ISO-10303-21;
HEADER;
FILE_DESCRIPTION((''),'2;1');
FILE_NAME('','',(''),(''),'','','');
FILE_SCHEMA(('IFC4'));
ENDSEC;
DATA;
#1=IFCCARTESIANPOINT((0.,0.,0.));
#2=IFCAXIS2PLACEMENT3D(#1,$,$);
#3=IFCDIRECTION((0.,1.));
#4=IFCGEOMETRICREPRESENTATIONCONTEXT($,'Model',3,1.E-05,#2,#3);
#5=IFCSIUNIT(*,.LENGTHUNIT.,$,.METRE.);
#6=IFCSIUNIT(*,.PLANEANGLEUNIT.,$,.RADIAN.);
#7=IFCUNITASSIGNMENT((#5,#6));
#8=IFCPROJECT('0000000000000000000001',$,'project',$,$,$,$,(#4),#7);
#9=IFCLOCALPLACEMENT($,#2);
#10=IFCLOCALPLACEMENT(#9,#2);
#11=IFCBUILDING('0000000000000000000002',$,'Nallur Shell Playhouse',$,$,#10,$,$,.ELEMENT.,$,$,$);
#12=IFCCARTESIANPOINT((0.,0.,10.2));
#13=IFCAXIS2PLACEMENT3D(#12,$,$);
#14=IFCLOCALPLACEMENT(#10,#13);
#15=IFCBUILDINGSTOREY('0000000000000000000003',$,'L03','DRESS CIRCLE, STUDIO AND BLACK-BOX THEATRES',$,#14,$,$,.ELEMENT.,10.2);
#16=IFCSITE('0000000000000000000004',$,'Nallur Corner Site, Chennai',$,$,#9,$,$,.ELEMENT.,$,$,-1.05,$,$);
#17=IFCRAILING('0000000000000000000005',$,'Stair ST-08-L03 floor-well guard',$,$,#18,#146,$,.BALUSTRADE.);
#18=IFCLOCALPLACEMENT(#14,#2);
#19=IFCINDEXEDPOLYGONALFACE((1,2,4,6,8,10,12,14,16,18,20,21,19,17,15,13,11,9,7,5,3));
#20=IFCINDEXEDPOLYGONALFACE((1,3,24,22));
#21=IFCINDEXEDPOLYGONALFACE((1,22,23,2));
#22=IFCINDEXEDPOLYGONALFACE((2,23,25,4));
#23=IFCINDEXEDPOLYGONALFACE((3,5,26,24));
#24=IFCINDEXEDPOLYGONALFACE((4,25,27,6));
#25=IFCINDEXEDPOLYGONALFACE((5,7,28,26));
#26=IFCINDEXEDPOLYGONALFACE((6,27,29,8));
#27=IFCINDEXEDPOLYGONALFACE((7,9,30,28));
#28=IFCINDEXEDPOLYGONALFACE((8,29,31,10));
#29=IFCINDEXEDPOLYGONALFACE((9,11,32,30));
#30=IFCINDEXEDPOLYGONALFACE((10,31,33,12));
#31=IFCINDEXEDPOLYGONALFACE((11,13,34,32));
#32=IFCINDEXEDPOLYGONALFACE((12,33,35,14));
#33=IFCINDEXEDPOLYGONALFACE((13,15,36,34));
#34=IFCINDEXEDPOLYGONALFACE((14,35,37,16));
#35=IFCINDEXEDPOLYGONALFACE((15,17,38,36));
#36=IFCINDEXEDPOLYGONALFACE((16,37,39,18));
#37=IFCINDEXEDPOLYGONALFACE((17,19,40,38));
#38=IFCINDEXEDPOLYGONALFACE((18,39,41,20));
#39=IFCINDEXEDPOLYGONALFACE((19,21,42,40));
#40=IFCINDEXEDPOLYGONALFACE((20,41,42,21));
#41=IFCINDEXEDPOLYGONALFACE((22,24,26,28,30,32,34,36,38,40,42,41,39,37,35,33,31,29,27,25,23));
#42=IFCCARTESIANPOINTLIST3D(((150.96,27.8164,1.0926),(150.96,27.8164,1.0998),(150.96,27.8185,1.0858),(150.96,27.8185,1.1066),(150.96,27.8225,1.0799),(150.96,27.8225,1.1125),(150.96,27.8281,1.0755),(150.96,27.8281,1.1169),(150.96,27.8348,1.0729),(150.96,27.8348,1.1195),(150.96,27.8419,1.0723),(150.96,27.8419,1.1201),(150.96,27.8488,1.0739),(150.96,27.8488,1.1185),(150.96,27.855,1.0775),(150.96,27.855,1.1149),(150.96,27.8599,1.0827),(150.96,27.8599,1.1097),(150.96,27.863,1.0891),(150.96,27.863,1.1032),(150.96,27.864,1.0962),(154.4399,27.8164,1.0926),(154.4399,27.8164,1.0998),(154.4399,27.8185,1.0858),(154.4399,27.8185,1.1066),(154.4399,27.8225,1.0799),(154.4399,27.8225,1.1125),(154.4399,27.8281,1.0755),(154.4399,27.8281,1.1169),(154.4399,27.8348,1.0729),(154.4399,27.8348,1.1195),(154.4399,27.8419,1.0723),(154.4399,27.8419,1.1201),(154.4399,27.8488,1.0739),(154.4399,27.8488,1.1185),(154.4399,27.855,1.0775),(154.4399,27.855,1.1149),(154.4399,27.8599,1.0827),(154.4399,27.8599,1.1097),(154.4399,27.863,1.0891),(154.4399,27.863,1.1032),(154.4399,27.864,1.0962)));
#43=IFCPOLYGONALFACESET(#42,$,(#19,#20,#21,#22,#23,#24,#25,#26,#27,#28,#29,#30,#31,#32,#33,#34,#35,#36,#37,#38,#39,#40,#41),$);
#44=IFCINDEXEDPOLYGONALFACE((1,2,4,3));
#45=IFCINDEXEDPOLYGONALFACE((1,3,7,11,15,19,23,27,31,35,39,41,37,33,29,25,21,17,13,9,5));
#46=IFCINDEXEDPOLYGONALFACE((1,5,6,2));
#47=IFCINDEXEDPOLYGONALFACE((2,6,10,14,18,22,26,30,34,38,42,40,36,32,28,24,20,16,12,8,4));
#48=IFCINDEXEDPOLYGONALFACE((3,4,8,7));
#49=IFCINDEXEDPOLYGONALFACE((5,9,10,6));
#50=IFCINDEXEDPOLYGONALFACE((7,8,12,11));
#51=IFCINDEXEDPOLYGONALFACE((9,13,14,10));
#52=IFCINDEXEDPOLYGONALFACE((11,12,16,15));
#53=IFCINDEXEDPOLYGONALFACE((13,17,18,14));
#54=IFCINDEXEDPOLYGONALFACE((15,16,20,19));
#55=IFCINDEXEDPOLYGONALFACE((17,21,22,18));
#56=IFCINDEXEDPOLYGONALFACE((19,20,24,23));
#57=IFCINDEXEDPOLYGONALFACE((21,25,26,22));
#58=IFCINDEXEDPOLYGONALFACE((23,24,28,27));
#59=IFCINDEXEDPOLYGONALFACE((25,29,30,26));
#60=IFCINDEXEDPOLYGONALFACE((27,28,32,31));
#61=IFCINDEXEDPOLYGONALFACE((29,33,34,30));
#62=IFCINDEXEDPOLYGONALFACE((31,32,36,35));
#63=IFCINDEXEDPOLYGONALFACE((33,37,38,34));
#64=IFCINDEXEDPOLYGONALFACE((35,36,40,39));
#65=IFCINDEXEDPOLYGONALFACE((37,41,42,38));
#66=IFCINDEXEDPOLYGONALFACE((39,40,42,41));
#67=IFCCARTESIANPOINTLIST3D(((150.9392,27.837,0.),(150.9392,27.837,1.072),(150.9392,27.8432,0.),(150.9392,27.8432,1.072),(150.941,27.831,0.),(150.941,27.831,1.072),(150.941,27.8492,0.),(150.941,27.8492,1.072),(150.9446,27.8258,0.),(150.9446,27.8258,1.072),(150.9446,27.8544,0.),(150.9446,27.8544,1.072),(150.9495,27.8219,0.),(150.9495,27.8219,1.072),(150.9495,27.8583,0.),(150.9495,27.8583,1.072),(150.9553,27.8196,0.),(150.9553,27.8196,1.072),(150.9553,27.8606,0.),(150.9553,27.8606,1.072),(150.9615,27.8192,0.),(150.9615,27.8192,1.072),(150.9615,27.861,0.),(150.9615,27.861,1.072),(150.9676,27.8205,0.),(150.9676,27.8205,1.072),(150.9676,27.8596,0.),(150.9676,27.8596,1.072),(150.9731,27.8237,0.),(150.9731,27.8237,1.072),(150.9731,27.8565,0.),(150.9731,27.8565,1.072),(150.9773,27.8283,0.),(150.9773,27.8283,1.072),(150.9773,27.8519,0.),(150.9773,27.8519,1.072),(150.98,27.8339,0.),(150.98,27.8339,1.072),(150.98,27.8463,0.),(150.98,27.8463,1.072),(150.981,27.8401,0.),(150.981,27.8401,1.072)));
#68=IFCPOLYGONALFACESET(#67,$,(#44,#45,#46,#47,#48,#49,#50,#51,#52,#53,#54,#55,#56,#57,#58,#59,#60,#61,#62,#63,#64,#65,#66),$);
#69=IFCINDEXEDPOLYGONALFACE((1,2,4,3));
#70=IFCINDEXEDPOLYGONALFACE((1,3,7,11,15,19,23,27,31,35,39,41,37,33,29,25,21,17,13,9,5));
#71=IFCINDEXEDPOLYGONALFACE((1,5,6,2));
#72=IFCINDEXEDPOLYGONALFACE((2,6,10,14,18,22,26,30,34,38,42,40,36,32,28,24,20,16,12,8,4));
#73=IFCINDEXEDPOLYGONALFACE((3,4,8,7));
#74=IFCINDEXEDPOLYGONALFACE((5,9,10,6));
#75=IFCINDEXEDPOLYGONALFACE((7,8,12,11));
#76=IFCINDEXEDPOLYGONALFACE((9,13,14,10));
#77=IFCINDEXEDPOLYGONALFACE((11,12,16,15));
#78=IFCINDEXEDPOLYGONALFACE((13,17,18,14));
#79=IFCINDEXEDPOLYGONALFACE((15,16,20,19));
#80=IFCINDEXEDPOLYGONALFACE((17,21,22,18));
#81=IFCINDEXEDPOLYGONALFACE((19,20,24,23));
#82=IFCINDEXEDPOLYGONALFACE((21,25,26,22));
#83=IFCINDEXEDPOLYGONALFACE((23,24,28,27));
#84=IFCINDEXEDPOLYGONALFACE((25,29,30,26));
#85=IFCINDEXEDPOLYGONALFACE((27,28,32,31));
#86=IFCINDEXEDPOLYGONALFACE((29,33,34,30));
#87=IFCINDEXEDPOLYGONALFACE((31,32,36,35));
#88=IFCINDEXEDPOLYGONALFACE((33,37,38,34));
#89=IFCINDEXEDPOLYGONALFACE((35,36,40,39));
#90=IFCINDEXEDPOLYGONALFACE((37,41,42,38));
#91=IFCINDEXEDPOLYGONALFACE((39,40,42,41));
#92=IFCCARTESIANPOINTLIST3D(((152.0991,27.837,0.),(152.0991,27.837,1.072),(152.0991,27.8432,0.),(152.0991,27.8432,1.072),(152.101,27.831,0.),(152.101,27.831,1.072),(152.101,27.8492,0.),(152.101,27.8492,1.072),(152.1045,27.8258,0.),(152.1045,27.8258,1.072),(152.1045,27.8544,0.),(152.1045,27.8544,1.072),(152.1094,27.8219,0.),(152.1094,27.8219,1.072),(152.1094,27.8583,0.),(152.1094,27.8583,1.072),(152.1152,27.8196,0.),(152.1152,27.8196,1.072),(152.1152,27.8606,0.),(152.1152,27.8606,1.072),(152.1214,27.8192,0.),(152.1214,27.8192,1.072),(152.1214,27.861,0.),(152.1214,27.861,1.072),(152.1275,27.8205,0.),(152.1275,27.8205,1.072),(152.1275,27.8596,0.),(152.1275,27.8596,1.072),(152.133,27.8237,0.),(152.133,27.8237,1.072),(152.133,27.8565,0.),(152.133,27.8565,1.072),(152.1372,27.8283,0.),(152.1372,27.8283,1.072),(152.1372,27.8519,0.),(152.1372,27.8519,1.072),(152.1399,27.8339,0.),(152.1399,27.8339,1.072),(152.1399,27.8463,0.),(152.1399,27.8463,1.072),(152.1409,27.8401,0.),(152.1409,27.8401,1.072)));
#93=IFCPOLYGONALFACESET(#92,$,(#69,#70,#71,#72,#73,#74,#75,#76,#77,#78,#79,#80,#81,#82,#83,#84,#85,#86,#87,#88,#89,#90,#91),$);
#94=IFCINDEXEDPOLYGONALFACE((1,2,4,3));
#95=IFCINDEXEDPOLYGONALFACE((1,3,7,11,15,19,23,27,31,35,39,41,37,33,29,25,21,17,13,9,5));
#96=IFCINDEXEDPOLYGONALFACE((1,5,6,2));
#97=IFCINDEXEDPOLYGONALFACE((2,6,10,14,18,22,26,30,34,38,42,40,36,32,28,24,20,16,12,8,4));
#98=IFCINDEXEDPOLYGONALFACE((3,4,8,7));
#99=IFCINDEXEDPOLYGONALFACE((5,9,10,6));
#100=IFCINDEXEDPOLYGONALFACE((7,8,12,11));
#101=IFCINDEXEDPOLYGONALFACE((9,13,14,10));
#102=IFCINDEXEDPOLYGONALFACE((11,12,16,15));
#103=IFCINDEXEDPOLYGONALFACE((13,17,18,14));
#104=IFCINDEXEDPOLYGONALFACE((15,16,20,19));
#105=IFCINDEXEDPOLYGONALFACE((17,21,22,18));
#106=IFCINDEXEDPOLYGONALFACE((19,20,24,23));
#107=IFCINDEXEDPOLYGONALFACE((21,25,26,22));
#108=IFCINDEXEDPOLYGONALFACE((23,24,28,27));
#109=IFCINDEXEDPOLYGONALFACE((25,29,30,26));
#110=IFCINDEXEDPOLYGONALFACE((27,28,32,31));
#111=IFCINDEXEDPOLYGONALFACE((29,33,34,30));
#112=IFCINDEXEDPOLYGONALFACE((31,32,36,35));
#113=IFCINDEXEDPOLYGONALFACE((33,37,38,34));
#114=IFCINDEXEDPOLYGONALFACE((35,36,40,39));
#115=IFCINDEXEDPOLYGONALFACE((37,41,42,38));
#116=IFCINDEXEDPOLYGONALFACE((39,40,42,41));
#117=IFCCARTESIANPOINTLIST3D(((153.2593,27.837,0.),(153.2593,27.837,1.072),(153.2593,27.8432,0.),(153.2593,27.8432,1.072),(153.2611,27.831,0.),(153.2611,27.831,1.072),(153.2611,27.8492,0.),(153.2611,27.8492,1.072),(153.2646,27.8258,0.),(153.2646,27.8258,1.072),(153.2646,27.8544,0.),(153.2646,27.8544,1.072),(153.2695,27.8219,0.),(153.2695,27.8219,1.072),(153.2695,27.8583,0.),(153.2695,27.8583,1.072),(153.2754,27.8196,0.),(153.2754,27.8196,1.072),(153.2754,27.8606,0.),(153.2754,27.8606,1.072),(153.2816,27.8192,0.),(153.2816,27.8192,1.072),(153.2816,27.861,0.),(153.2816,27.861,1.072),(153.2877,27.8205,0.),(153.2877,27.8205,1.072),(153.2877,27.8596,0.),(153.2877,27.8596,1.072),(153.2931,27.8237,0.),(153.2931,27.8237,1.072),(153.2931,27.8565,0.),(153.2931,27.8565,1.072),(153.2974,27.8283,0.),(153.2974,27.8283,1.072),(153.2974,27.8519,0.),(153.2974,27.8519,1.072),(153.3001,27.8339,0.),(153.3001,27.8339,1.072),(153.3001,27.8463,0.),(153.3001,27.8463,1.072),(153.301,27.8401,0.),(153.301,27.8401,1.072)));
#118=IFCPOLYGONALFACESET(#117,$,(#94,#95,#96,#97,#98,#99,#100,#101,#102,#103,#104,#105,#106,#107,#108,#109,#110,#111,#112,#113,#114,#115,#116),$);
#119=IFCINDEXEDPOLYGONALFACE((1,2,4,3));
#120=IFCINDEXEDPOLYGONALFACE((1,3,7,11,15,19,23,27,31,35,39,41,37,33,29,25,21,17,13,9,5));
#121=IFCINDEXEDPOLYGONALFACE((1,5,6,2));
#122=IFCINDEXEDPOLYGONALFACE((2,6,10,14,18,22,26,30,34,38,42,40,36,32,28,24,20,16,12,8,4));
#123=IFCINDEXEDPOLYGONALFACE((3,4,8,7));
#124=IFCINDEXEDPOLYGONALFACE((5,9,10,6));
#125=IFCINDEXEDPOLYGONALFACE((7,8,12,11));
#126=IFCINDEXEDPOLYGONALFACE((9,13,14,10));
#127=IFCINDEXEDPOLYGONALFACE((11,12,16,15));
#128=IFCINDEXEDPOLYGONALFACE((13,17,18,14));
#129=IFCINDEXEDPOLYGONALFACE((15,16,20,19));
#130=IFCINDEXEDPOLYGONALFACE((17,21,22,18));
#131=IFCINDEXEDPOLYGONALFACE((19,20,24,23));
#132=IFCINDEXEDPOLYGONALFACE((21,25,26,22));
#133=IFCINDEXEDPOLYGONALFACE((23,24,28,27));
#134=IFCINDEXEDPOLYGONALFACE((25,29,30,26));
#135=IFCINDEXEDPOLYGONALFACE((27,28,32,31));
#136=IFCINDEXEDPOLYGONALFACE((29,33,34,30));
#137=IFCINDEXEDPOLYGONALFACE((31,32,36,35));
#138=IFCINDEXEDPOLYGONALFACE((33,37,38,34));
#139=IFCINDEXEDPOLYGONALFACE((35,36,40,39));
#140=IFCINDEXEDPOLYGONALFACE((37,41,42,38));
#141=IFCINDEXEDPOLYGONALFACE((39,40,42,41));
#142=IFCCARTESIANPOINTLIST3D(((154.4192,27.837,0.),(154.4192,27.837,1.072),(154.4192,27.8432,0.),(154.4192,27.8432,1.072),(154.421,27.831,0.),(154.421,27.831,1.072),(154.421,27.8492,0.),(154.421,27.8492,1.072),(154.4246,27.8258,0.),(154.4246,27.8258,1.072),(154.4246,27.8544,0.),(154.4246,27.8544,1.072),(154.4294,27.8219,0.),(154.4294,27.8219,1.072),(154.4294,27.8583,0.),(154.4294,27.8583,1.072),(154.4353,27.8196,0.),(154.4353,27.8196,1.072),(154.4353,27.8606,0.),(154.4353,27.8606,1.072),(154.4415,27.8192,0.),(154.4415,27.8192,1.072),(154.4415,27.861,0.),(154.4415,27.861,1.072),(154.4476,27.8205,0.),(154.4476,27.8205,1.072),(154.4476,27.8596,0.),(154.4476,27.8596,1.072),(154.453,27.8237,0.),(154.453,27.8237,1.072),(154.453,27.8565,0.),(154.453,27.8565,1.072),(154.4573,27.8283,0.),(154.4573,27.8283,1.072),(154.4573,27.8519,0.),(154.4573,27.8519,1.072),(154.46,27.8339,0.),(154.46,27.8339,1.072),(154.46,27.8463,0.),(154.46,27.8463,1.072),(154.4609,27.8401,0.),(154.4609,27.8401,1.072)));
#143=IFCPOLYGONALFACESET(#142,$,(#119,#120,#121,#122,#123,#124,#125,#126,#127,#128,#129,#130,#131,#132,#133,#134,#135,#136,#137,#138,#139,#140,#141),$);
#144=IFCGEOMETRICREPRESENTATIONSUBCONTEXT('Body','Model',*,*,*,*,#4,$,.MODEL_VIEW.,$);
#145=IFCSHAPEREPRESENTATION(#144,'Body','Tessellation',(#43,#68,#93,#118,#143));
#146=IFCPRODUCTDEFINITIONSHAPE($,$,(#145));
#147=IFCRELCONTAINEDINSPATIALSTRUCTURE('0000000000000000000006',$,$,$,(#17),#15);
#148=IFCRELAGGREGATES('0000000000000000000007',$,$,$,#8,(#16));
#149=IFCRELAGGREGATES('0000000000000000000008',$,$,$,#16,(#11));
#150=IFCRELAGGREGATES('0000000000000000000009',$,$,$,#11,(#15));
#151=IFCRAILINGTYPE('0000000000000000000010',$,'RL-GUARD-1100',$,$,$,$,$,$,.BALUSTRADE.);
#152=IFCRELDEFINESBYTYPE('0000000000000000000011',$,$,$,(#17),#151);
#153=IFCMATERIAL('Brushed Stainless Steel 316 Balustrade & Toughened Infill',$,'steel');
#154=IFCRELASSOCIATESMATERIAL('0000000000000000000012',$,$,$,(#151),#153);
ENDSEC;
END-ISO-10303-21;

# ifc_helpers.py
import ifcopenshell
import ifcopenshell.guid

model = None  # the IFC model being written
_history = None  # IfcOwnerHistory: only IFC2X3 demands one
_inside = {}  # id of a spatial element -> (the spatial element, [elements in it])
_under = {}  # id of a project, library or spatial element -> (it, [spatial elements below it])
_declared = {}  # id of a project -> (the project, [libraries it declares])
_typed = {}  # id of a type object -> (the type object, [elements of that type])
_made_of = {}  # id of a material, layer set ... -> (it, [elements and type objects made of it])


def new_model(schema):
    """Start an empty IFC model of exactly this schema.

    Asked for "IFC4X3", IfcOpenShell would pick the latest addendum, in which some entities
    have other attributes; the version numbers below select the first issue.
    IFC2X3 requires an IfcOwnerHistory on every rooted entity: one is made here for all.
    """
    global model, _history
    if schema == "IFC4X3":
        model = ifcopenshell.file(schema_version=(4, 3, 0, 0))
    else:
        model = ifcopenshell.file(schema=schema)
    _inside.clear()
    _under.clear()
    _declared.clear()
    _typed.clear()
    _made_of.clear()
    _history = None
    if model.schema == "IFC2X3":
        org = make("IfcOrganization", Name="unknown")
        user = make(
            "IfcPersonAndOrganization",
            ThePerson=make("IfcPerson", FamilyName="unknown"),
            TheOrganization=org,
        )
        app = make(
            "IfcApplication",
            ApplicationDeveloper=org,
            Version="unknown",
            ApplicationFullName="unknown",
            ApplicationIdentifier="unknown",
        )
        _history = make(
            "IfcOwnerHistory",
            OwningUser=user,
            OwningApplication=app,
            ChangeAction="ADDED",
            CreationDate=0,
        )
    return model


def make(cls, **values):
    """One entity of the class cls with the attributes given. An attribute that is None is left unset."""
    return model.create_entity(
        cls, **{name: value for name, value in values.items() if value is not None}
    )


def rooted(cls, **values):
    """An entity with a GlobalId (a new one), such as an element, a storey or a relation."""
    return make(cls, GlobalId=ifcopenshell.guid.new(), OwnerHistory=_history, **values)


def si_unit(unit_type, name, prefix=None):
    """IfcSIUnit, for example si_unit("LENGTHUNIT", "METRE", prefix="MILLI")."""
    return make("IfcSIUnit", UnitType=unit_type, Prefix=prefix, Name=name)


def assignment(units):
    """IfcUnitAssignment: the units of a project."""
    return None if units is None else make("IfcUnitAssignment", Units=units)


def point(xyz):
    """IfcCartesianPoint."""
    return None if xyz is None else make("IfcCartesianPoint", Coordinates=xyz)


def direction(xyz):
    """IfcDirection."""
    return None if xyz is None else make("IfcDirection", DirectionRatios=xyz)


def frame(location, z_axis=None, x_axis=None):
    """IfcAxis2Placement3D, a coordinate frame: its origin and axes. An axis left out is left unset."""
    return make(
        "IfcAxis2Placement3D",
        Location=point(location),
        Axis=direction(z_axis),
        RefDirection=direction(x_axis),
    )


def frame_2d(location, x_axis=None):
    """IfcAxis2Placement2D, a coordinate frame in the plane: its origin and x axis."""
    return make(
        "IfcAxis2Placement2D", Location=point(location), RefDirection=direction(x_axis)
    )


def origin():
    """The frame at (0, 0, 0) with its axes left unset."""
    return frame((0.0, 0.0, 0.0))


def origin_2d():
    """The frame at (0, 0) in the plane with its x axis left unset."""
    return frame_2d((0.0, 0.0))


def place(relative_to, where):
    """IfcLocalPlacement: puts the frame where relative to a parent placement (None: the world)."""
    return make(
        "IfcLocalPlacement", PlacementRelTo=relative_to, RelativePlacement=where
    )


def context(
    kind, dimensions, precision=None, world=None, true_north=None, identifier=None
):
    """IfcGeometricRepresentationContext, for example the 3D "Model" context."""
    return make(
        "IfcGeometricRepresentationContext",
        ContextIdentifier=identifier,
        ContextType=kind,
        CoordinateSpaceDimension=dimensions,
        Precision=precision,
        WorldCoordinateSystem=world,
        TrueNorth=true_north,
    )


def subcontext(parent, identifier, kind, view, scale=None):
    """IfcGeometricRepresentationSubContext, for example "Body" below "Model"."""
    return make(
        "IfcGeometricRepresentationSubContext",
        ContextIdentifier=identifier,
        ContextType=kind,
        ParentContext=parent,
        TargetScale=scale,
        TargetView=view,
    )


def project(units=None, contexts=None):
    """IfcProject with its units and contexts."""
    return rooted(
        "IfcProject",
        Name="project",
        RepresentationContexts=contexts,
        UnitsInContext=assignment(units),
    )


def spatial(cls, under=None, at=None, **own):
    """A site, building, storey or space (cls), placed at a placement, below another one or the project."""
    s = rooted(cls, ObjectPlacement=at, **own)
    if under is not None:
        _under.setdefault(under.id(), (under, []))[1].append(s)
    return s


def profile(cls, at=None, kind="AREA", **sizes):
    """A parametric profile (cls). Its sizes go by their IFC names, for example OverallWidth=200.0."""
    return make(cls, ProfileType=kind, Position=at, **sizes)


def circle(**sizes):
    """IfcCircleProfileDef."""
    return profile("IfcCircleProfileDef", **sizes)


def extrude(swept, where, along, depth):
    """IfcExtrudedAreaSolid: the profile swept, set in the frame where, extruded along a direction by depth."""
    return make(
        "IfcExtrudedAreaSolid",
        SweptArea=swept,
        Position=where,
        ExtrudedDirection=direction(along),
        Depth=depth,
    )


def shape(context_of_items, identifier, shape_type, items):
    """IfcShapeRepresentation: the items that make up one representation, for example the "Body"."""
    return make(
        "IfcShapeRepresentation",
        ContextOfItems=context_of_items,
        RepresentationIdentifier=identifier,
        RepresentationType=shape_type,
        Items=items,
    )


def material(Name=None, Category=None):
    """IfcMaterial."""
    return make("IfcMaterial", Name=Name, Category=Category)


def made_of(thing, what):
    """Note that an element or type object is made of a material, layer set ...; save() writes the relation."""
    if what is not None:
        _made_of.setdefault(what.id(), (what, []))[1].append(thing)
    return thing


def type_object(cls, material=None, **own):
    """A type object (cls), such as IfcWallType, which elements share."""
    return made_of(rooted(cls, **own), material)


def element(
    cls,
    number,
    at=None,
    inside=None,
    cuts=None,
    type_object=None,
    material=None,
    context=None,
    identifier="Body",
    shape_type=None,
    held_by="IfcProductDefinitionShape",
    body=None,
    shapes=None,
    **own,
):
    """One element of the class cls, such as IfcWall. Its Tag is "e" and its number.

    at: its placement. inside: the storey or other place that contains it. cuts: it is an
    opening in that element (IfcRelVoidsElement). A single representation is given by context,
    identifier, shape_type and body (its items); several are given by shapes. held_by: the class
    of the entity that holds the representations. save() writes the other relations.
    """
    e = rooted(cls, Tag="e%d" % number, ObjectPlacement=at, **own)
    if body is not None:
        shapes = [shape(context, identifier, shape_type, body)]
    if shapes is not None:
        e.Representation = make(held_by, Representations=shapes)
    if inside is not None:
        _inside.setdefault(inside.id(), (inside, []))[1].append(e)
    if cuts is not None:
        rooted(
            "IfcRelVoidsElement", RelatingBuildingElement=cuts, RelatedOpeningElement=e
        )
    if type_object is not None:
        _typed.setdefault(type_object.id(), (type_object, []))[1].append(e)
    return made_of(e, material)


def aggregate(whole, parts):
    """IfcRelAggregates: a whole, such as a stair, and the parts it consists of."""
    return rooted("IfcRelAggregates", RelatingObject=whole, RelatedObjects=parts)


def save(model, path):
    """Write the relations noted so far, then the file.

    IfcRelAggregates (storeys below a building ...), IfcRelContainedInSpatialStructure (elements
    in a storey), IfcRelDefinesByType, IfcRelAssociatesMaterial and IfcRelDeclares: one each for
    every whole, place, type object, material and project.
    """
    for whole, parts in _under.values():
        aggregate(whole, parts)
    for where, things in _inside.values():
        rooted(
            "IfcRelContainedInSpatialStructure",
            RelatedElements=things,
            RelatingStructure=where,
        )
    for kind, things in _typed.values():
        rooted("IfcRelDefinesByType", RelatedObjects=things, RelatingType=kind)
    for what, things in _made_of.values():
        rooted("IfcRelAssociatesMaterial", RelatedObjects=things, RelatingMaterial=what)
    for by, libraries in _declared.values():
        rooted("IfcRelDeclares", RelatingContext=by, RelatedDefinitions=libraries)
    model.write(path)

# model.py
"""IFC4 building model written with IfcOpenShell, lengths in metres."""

from ifc_helpers import new_model, si_unit, direction, frame, origin, origin_2d, place, context, subcontext, project, spatial, circle, extrude, material, type_object, element, save


model = new_model("IFC4")

# Units and contexts
model_context = context("Model", 3, precision=1e-05, world=origin(), true_north=direction((0.0, 1.0)))
body_context = subcontext(model_context, "Body", "Model", "MODEL_VIEW")
ifc_project = project(units=[si_unit("LENGTHUNIT", "METRE"), si_unit("PLANEANGLEUNIT", "RADIAN")], contexts=[model_context])

# Site, building, storey
site_placement = place(None, origin())
site = spatial("IfcSite", under=ifc_project, at=site_placement, Name="Nallur Corner Site, Chennai", CompositionType="ELEMENT", RefElevation=-1.05)
building_placement = place(site_placement, origin())
building = spatial("IfcBuilding", under=site, at=building_placement, Name="Nallur Shell Playhouse", CompositionType="ELEMENT")
storey_placement = place(building_placement, frame((0.0, 0.0, 10.2)))
storey = spatial("IfcBuildingStorey", under=building, at=storey_placement, Name="L03", Description="DRESS CIRCLE, STUDIO AND BLACK-BOX THEATRES", CompositionType="ELEMENT", Elevation=10.2)

# Railing
ifc_material_1 = material(Name="Brushed Stainless Steel 316 Balustrade & Toughened Infill", Category="steel")
railing_type = type_object("IfcRailingType", Name="RL-GUARD-1100", PredefinedType="BALUSTRADE", material=ifc_material_1)
railing_placement = place(storey_placement, frame((150.96, 27.8401, 0.0)))
element("IfcRailing", 1, at=railing_placement, inside=storey, type_object=railing_type, Name="Stair ST-08-L03 floor-well guard", PredefinedType="BALUSTRADE", context=body_context, shape_type="SweptSolid", body=[
    extrude(circle(Radius=0.0239, at=origin_2d()), frame((0.0, 0.0, 1.0962), z_axis=(1.0, 0.0, 0.0), x_axis=(0.0, 1.0, 0.0)), (0.0, 0.0, 1.0), 3.48),
    extrude(circle(Radius=0.021, at=origin_2d()), origin(), (0.0, 0.0, 1.0), 1.072),
    extrude(circle(Radius=0.021, at=origin_2d()), frame((1.1599, 0.0, 0.0)), (0.0, 0.0, 1.0), 1.072),
    extrude(circle(Radius=0.021, at=origin_2d()), frame((2.3201, 0.0, 0.0)), (0.0, 0.0, 1.0), 1.072),
    extrude(circle(Radius=0.021, at=origin_2d()), frame((3.48, 0.0, 0.0)), (0.0, 0.0, 1.0), 1.072),
])

save(model, "model.ifc")
